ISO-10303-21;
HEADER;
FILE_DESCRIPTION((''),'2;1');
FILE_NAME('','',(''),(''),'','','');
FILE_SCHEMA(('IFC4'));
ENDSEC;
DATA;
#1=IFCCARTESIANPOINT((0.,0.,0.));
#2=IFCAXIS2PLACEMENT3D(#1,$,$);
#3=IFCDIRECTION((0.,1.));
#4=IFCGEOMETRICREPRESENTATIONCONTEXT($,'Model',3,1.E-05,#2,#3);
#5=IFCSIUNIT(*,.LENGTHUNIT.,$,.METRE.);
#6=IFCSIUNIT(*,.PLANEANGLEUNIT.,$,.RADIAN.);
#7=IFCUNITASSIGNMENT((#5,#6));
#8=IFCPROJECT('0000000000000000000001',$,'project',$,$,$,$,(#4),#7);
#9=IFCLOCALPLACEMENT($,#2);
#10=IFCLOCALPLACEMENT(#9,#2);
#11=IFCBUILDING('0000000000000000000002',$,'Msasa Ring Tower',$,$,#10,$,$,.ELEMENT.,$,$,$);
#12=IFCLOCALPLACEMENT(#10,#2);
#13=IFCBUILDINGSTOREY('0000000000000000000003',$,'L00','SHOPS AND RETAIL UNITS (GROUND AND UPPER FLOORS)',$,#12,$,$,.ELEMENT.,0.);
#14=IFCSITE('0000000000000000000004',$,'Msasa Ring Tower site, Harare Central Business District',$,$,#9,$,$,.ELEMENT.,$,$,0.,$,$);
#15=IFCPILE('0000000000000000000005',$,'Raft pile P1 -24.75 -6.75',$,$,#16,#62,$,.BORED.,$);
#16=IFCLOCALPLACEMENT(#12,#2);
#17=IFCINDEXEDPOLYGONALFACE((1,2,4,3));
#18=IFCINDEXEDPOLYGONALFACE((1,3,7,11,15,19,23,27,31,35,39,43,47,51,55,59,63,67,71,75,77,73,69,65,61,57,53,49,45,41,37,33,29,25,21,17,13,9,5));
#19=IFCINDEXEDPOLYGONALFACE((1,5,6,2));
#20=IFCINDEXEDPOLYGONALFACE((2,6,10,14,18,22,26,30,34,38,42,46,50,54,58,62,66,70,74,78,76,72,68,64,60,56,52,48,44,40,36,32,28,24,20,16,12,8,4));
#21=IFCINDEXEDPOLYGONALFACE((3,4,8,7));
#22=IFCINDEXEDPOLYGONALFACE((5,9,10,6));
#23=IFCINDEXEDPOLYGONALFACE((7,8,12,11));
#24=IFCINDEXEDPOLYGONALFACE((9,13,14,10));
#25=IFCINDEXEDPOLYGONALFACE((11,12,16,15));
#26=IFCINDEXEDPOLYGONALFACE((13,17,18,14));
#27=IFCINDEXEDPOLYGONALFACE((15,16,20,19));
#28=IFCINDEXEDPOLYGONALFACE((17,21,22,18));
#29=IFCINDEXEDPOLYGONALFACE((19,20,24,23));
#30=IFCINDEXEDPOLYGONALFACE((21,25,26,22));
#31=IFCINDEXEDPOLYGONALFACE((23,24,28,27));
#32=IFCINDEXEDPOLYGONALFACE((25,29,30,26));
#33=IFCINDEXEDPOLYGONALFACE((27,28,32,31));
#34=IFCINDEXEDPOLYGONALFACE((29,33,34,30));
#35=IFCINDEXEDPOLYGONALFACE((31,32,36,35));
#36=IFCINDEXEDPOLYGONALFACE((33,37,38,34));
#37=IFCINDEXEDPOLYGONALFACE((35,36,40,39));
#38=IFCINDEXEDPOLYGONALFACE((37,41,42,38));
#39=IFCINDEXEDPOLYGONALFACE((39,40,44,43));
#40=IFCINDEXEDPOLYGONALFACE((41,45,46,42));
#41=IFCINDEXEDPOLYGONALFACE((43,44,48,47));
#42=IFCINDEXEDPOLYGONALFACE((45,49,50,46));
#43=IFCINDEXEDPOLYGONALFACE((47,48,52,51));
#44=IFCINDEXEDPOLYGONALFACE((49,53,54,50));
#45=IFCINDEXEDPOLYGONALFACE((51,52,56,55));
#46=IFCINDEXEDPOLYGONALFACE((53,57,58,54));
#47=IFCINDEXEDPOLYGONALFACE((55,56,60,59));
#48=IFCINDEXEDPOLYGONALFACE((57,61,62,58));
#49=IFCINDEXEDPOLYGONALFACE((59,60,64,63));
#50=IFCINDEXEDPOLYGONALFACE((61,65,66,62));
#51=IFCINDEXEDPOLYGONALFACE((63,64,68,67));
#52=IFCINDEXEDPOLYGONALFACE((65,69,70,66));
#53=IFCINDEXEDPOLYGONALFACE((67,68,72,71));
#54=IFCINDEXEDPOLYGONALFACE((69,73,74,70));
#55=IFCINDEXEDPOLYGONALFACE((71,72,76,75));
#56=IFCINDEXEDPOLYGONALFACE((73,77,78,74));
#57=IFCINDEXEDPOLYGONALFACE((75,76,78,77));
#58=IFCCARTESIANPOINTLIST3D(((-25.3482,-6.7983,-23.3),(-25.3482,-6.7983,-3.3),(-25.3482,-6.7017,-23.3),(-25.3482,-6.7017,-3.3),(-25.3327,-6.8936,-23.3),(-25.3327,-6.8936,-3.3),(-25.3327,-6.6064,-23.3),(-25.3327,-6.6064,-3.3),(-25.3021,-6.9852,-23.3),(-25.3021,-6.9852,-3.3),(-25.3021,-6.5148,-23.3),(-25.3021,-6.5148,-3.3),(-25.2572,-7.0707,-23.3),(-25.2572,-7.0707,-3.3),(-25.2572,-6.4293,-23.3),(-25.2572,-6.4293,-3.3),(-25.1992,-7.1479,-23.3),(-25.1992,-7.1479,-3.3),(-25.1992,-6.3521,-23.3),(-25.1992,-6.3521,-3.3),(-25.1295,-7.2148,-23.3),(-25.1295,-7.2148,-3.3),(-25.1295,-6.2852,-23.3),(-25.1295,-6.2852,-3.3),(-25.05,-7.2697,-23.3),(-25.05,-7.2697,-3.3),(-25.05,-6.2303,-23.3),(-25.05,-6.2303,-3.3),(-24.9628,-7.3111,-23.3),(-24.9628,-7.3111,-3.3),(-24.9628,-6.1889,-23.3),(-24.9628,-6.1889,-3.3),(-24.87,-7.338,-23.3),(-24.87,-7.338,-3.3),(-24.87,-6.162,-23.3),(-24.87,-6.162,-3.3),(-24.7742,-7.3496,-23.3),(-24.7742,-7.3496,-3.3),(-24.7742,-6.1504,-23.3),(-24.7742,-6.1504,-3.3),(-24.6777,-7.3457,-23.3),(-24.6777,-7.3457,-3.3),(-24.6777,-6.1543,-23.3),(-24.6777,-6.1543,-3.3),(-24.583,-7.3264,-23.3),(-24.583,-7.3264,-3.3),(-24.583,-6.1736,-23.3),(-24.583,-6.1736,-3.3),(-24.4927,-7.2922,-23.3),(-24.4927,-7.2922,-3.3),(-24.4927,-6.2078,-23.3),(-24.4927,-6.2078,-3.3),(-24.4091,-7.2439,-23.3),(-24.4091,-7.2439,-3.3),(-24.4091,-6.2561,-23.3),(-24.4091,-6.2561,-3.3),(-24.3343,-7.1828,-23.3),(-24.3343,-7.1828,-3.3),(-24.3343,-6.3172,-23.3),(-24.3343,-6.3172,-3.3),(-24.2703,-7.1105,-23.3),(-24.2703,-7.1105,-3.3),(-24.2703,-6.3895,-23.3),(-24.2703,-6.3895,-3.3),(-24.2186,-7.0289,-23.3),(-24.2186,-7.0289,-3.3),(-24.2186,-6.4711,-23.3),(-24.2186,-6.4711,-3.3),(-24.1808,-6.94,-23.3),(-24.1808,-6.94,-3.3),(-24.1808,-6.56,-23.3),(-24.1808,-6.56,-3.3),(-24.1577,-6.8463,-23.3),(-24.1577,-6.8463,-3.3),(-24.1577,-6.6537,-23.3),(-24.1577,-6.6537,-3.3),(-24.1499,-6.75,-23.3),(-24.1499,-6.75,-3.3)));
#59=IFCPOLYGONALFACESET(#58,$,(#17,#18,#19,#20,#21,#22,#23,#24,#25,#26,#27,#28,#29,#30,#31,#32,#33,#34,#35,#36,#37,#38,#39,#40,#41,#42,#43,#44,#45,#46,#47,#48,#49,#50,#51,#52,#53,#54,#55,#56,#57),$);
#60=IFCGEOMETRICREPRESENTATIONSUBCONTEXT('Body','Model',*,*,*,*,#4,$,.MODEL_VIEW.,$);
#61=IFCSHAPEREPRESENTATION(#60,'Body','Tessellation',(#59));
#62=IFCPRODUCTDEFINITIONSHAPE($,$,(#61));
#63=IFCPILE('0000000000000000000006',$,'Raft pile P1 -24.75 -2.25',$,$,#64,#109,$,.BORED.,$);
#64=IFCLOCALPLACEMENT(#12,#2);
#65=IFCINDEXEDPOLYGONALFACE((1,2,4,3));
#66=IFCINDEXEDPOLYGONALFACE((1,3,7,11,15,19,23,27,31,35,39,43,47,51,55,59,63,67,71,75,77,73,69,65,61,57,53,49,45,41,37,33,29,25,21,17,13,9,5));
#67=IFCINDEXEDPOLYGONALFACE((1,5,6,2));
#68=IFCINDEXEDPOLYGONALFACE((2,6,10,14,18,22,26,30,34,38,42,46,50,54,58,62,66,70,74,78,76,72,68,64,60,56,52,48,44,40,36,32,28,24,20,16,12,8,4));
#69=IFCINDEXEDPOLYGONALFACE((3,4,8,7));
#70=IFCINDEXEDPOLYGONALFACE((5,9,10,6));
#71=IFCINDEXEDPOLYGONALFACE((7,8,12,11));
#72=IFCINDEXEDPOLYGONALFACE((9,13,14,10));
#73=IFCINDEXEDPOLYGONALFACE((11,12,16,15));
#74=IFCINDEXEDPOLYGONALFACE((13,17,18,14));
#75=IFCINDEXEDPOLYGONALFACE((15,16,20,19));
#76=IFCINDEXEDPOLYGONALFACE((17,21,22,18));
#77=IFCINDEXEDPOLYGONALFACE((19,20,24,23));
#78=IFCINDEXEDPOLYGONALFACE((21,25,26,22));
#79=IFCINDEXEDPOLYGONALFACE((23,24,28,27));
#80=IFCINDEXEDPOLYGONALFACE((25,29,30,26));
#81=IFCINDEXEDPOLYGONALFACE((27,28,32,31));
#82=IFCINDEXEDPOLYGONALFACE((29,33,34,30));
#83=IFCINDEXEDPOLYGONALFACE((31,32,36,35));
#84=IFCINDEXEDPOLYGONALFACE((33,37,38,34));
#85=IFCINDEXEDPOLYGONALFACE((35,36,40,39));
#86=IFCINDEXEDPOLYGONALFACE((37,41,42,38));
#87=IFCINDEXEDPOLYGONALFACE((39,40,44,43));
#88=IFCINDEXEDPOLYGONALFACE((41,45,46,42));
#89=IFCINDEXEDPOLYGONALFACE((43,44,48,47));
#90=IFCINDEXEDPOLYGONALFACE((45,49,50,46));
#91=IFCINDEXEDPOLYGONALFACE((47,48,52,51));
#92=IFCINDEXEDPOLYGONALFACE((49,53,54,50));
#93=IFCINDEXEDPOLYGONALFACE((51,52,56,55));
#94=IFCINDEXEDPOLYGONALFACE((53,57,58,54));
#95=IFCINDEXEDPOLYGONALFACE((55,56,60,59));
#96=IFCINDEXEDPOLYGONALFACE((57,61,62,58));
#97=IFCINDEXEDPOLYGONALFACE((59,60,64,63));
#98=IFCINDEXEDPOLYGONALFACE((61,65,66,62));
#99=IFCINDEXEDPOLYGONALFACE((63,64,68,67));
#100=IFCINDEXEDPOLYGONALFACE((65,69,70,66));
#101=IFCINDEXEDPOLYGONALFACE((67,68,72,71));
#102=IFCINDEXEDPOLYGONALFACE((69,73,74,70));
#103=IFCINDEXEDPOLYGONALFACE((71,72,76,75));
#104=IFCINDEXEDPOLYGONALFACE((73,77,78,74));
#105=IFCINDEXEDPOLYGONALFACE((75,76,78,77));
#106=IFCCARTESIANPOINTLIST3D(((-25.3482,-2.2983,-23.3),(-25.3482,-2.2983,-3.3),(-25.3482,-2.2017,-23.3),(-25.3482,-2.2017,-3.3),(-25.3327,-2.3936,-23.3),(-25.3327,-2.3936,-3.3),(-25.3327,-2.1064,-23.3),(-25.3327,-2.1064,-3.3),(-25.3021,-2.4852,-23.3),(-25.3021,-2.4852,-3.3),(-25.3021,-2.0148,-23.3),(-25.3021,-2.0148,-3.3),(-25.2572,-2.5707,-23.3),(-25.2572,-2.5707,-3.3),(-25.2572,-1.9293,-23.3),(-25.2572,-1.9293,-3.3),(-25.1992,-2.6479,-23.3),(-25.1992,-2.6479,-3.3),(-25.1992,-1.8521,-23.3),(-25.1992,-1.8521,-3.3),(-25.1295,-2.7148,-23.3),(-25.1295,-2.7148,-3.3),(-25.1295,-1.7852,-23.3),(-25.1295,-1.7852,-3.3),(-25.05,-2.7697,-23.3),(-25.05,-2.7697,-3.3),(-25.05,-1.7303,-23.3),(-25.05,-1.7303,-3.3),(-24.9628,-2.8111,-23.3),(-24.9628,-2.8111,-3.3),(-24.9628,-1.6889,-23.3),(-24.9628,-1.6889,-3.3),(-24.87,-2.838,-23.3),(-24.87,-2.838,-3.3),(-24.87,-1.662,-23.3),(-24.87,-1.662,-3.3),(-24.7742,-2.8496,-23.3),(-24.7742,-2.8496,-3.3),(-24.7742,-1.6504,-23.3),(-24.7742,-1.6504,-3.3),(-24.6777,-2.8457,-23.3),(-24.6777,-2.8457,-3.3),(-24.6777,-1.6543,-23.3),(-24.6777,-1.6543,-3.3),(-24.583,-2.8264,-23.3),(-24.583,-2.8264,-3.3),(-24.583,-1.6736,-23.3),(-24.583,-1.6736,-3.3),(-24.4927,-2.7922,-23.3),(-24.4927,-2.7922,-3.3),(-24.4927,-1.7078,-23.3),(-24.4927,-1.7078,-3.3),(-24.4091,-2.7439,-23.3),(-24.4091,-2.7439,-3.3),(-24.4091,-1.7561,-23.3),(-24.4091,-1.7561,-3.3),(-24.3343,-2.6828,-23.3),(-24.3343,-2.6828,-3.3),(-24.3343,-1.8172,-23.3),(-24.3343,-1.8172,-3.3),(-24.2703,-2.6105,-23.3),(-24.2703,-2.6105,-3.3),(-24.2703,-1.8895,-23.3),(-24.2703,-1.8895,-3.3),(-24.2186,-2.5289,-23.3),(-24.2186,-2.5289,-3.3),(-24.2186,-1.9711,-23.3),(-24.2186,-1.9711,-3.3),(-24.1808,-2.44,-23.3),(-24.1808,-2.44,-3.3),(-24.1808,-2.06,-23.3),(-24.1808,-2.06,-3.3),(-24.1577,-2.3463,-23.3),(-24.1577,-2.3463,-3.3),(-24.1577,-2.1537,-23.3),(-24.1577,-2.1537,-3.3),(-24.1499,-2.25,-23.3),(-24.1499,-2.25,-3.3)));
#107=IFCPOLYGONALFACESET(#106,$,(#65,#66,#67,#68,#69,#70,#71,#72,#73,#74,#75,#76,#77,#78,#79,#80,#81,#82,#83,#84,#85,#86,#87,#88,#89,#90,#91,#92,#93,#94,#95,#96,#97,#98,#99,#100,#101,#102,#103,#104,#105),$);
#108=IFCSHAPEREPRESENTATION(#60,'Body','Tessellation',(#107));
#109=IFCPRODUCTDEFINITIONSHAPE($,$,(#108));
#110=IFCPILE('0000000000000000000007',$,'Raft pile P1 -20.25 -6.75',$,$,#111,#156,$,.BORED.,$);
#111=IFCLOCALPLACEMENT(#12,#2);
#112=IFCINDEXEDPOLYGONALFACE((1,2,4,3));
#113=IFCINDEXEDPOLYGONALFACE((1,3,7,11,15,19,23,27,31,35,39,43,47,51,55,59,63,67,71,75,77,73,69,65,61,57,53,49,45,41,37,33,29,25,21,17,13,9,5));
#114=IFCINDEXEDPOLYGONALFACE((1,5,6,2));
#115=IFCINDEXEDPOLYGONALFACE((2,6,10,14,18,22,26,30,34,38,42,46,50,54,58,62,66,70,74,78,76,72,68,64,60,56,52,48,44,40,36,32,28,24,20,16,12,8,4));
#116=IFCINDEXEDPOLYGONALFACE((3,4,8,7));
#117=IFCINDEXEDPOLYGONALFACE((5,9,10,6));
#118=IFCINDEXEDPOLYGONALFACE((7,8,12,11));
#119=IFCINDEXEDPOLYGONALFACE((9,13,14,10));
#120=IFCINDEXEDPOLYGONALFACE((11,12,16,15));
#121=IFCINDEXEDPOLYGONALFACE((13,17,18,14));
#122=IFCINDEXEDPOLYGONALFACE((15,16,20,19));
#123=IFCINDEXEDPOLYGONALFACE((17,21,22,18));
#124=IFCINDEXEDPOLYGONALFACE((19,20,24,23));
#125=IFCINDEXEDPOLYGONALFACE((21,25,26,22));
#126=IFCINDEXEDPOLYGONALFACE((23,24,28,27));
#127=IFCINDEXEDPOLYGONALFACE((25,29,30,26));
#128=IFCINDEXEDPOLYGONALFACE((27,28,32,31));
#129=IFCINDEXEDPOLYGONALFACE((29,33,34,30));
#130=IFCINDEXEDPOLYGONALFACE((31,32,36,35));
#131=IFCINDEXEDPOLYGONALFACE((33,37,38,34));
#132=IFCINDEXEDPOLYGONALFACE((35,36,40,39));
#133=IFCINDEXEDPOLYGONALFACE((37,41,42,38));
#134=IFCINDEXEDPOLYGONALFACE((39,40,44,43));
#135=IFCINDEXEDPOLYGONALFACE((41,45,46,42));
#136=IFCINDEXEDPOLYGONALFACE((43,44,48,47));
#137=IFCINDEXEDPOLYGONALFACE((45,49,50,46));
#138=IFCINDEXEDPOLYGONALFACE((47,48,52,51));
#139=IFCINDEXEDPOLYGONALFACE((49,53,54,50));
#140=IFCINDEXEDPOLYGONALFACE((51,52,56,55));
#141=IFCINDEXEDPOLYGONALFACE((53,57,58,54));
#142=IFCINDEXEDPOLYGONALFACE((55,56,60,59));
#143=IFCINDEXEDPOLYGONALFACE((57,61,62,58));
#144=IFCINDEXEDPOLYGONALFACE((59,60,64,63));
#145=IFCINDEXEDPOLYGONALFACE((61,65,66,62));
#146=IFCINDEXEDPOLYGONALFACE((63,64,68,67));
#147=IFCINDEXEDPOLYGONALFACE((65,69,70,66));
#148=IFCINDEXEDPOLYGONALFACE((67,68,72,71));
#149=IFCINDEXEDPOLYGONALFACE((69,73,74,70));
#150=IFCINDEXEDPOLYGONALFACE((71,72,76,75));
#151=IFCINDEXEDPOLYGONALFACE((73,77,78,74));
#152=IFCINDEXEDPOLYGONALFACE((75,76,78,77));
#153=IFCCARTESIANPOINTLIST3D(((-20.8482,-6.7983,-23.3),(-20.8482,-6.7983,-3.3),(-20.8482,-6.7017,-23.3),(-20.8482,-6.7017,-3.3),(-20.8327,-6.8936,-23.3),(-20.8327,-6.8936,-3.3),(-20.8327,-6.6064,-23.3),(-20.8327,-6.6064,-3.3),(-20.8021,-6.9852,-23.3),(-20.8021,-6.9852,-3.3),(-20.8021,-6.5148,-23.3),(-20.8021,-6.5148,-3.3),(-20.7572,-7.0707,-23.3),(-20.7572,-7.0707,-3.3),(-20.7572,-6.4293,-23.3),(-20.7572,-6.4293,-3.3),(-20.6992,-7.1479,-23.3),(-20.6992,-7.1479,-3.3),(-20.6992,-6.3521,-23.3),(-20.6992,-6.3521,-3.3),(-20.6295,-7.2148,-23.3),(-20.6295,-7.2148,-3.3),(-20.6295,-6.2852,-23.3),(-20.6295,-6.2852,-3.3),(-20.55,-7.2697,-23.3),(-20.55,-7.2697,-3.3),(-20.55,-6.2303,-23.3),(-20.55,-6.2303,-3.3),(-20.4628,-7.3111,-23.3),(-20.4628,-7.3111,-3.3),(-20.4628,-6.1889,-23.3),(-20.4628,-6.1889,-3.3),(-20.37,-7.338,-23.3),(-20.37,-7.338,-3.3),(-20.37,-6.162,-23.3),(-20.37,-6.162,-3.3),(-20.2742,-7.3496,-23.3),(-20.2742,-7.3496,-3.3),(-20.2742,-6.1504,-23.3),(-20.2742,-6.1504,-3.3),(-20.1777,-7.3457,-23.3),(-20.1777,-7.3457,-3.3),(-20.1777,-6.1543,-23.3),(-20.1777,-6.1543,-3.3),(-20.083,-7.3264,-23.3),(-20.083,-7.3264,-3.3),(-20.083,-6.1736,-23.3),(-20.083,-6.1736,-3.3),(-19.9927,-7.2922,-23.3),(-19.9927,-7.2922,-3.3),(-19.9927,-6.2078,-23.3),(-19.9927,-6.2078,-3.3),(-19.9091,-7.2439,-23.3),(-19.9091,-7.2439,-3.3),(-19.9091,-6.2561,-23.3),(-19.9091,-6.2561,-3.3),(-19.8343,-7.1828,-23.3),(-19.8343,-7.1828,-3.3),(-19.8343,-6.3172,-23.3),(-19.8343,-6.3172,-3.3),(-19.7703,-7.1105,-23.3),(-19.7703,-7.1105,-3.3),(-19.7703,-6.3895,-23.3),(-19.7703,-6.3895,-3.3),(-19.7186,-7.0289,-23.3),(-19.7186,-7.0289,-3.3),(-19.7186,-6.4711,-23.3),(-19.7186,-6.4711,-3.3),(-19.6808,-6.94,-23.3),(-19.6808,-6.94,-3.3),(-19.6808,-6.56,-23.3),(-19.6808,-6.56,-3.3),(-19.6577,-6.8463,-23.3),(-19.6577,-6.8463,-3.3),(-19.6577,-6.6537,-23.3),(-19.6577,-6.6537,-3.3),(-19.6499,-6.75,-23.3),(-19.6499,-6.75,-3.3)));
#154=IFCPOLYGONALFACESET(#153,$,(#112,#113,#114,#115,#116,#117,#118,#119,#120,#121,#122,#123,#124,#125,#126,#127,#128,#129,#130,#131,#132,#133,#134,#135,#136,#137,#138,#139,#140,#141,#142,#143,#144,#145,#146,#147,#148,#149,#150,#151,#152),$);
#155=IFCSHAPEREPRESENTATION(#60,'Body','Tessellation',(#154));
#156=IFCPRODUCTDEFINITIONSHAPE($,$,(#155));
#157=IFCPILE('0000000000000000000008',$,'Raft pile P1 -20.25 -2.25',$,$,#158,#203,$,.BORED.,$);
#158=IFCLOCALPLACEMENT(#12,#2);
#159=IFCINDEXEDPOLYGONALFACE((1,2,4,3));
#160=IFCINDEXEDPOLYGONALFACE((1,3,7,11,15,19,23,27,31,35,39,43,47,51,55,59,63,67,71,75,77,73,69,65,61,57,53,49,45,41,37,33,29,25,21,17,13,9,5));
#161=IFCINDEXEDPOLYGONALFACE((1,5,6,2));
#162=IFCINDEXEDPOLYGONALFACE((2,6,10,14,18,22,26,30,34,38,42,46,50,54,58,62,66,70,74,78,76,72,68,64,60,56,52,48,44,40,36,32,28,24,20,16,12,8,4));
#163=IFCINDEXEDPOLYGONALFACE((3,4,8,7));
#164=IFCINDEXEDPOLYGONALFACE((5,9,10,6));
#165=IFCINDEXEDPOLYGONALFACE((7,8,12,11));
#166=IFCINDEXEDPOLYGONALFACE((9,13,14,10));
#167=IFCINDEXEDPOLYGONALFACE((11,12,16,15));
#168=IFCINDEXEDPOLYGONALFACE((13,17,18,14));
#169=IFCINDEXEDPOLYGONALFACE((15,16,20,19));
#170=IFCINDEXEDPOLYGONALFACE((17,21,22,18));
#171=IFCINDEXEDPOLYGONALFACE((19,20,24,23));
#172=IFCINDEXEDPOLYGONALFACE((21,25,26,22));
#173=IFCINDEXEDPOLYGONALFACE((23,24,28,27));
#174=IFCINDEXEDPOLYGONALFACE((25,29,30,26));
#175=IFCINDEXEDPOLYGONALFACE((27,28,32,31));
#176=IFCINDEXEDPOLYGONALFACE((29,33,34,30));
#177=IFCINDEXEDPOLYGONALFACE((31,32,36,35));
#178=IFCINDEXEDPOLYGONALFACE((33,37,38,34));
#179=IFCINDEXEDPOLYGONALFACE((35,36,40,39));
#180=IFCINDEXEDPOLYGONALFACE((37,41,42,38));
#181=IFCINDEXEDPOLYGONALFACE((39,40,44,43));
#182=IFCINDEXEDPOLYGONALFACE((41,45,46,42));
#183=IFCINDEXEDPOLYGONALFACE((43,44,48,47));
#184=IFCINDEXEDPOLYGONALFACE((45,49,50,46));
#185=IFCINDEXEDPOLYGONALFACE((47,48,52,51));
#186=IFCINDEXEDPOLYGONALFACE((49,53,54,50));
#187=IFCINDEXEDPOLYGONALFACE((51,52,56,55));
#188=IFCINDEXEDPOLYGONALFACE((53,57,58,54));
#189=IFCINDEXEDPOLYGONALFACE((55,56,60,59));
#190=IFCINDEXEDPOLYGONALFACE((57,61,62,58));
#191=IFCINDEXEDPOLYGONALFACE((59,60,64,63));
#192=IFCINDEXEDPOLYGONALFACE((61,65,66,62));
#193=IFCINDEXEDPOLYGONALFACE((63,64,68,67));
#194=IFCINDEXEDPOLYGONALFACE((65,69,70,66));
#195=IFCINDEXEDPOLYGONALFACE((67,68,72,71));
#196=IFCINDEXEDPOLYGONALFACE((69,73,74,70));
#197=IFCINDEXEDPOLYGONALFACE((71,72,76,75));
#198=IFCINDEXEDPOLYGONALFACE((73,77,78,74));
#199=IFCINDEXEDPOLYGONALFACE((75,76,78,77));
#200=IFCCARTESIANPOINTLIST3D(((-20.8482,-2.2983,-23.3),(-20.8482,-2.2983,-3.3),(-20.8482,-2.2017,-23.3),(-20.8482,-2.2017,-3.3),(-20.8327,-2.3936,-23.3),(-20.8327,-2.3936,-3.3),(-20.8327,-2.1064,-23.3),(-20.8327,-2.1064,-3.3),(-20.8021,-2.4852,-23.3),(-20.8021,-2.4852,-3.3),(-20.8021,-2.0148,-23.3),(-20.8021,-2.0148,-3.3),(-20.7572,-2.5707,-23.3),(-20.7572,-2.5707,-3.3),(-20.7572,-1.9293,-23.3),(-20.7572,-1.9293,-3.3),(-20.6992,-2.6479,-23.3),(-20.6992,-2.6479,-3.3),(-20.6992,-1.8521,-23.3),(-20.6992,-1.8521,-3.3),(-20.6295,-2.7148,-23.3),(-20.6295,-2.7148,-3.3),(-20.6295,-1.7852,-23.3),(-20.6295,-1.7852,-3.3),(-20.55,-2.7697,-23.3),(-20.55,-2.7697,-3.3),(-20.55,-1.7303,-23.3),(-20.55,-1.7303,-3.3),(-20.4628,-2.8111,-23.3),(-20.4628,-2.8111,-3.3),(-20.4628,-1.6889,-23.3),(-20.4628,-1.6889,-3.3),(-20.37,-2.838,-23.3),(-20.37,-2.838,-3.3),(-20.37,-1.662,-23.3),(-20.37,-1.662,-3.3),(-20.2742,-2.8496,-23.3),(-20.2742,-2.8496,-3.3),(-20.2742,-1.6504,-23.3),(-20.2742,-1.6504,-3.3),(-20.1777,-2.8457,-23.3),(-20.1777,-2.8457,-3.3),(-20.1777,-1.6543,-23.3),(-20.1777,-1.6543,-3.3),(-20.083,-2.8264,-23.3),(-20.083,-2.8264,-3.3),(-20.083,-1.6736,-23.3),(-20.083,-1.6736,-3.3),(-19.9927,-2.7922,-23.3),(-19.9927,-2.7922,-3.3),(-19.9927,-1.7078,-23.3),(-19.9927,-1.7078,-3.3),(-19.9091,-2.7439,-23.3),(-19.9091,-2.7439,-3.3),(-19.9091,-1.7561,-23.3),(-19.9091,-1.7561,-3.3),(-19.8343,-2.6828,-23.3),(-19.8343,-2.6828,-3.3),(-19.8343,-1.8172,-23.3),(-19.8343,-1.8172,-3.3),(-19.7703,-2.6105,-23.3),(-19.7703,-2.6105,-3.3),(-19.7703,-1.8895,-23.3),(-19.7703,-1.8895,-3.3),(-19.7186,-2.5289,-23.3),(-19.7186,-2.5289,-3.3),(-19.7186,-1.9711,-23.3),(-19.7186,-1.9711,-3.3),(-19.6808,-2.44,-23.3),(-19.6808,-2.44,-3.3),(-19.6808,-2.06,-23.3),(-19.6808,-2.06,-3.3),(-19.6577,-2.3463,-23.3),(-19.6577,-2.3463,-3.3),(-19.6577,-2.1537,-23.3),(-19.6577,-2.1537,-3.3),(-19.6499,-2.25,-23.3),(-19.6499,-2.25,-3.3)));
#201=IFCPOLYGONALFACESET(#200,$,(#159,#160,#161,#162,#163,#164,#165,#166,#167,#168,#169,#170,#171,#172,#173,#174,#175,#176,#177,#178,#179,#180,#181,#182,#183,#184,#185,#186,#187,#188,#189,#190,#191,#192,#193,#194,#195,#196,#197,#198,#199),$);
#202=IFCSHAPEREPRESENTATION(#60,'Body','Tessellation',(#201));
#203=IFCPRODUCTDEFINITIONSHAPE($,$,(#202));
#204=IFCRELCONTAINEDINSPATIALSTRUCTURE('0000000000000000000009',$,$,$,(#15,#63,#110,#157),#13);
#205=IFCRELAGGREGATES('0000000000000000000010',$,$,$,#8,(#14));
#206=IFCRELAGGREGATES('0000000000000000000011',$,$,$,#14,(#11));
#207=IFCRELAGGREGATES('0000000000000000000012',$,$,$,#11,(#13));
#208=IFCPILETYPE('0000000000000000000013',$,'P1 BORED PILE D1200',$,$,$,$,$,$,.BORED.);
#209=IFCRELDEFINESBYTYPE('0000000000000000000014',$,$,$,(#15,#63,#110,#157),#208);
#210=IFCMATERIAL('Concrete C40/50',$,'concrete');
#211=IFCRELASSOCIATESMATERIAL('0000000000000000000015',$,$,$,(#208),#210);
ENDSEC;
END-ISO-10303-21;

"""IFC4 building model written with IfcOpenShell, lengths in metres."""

from ifc_helpers import new_model, si_unit, direction, frame, origin, origin_2d, place, context, subcontext, project, spatial, circle, extrude, material, material_profile, profile_set, type_object, element, save


model = new_model("IFC4")

# Units and contexts
model_context = context("Model", 3, precision=1e-05, world=origin(), true_north=direction((0.0, 1.0)))
body_context = subcontext(model_context, "Body", "Model", "MODEL_VIEW")
ifc_project = project(units=[si_unit("LENGTHUNIT", "METRE"), si_unit("PLANEANGLEUNIT", "RADIAN")], contexts=[model_context])

# Site, building, storey
site_placement = place(None, origin())
site = spatial("IfcSite", under=ifc_project, at=site_placement, Name="Msasa Ring Tower site, Harare Central Business District", CompositionType="ELEMENT", RefElevation=0.0)
building_placement = place(site_placement, origin())
building = spatial("IfcBuilding", under=site, at=building_placement, Name="Msasa Ring Tower", CompositionType="ELEMENT")
storey_placement = place(building_placement, origin())
storey = spatial("IfcBuildingStorey", under=building, at=storey_placement, Name="L00", Description="SHOPS AND RETAIL UNITS (GROUND AND UPPER FLOORS)", CompositionType="ELEMENT", Elevation=0.0)

# Piles
ifc_material_1 = material(Name="Concrete C40/50", Category="concrete")
ifc_material_profile_1 = material_profile(ifc_material_1, circle(Radius=0.6001, at=origin_2d()), Name="D1200")
ifc_profile_set_1 = profile_set([ifc_material_profile_1], Name="Concrete C40/50")
pile_type_1 = type_object("IfcPileType", Name="P1 BORED PILE D1200", PredefinedType="BORED", material=ifc_profile_set_1)
for number, where, z_axis, x_axis, name in (
    (1, (-24.75, -6.75, -3.3), (0.0, 0.0, -1.0), (1.0, 0.0, 0.0), "Raft pile P1 -24.75 -6.75"),
    (2, (-24.75, -2.25, -3.3), (0.0, 0.0, -1.0), (1.0, 0.0, 0.0), "Raft pile P1 -24.75 -2.25"),
    (3, (-20.25, -6.75, -3.3), (0.0, 0.0, -1.0), (1.0, 0.0, 0.0), "Raft pile P1 -20.25 -6.75"),
    (4, (-20.25, -2.25, -3.3), (0.0, 0.0, -1.0), (1.0, 0.0, 0.0), "Raft pile P1 -20.25 -2.25"),
):
    element("IfcPile", number, at=place(storey_placement, frame(where, z_axis=z_axis, x_axis=x_axis)), inside=storey, type_object=pile_type_1, Name=name, PredefinedType="BORED", context=body_context, shape_type="SweptSolid", body=[
        extrude(circle(Radius=0.6001, at=origin_2d()), origin(), (0.0, 0.0, 1.0), 20.0),
    ])

save(model, "model.ifc")
